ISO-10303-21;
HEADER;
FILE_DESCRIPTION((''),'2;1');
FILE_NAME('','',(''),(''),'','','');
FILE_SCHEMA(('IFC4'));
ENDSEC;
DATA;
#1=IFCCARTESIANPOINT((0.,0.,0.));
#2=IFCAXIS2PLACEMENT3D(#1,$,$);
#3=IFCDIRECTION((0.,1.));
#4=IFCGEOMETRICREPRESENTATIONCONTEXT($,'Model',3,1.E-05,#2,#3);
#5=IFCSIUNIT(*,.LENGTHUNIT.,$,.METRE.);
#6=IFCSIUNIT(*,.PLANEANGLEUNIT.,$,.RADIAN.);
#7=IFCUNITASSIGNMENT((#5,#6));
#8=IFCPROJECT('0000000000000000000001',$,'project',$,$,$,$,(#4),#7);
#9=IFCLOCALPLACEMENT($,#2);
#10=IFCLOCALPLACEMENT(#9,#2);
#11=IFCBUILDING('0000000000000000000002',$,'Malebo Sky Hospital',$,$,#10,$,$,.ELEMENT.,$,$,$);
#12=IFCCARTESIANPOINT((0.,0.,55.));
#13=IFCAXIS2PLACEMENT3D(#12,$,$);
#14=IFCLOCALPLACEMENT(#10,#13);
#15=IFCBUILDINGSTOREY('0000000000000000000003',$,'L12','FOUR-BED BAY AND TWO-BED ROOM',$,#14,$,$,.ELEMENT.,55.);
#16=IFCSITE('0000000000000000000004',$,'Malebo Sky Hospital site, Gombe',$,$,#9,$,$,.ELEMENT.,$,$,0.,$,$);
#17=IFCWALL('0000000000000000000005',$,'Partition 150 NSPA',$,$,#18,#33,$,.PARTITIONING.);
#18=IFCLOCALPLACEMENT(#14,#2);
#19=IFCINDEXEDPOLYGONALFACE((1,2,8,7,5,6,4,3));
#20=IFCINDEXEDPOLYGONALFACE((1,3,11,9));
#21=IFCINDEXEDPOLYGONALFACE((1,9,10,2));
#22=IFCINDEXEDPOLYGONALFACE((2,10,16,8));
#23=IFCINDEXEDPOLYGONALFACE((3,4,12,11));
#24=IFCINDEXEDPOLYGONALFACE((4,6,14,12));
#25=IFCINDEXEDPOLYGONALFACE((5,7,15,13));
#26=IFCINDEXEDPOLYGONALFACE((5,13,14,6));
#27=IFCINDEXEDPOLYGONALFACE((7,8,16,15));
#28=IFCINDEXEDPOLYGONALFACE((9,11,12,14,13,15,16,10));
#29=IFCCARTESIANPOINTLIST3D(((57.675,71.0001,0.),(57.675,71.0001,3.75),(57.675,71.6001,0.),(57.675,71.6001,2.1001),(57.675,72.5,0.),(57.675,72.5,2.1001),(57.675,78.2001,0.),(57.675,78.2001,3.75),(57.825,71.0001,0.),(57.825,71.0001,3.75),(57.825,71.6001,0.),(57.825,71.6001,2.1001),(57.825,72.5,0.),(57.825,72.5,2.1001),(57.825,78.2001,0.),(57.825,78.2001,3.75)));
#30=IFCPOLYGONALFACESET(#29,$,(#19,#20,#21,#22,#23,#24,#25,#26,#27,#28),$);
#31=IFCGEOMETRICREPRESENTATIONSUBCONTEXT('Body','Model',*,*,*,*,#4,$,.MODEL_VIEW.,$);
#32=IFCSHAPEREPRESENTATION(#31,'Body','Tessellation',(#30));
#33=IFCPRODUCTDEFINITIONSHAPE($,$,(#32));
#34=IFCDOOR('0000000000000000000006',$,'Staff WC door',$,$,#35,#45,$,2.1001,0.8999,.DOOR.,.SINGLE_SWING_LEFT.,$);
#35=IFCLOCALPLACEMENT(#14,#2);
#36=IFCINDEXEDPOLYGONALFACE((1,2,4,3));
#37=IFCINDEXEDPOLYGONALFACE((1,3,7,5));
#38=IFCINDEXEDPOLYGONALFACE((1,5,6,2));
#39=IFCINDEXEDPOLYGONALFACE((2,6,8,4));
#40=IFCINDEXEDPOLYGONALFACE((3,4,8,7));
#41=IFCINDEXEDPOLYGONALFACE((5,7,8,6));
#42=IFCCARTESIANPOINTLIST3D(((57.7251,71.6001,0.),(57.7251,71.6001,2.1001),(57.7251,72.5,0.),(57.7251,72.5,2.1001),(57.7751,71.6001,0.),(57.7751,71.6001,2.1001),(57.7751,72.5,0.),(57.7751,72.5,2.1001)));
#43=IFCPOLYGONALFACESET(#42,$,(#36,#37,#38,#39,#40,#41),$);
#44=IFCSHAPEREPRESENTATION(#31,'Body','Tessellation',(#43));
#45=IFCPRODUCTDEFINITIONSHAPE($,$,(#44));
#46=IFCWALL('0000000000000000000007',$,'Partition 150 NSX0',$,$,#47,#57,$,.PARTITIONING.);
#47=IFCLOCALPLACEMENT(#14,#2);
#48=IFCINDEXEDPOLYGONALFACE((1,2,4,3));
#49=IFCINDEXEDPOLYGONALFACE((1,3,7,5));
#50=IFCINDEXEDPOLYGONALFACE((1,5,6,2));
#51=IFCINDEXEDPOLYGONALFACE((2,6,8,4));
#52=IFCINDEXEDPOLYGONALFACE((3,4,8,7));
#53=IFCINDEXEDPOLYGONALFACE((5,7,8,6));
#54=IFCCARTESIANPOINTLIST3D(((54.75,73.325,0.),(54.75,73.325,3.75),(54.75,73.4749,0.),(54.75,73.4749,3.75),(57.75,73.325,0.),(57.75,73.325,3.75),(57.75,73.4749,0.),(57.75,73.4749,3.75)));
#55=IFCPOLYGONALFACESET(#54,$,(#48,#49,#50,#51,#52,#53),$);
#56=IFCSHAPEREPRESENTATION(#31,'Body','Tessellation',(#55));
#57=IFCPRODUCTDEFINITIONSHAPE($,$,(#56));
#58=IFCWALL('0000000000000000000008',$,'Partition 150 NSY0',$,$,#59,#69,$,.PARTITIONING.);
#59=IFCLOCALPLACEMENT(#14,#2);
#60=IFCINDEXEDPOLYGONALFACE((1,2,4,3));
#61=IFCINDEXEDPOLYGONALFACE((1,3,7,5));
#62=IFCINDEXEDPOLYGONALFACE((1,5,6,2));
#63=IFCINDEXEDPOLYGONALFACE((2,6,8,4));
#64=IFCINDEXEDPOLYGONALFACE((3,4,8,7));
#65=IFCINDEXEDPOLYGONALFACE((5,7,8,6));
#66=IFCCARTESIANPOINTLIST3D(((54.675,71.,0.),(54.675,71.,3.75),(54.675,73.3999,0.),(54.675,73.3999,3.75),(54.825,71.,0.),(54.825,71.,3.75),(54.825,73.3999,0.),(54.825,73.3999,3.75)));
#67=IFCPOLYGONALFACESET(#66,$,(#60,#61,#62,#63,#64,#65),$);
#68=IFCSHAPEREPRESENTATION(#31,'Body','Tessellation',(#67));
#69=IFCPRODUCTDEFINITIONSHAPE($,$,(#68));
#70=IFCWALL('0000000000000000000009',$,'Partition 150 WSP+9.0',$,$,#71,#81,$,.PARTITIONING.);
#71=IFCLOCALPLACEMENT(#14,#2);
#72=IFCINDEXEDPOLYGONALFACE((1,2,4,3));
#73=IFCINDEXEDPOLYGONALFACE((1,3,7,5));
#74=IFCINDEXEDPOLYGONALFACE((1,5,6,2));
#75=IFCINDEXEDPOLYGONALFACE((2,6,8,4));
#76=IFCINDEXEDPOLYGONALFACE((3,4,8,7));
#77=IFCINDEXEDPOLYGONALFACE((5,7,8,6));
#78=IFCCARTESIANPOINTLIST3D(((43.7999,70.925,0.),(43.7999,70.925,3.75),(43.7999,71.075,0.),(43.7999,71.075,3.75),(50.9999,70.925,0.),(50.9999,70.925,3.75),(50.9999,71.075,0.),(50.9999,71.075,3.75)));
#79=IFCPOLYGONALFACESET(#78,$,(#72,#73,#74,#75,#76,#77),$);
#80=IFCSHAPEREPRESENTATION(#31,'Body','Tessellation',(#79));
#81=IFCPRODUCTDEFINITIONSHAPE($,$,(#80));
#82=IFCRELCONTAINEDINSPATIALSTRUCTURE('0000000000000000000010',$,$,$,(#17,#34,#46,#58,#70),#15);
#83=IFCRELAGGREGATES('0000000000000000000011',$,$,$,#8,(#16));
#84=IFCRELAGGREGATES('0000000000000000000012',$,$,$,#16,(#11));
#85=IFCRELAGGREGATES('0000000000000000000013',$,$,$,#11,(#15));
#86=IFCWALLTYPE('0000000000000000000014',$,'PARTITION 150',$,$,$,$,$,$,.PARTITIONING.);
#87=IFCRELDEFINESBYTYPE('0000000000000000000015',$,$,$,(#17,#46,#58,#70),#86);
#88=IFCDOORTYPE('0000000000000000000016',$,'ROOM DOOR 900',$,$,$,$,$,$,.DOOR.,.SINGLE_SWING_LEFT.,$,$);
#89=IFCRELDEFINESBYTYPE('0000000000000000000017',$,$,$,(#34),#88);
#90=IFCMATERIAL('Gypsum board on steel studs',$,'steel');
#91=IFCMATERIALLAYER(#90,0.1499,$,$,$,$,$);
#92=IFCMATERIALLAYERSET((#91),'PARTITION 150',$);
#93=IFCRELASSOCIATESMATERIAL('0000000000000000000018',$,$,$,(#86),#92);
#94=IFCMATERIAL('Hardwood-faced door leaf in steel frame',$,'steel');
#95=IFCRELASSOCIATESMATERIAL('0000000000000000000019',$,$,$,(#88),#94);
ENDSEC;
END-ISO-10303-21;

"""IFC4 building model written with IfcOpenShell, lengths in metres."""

from ifc_helpers import new_model, si_unit, direction, frame, frame_2d, origin, place, context, subcontext, project, spatial, rectangle, extrude, material, layer, layer_set, type_object, element, fill, save


model = new_model("IFC4")

# Units and contexts
model_context = context("Model", 3, precision=1e-05, world=origin(), true_north=direction((0.0, 1.0)))
body_context = subcontext(model_context, "Body", "Model", "MODEL_VIEW")
ifc_project = project(units=[si_unit("LENGTHUNIT", "METRE"), si_unit("PLANEANGLEUNIT", "RADIAN")], contexts=[model_context])

# Site, building, storey
site_placement = place(None, origin())
site = spatial("IfcSite", under=ifc_project, at=site_placement, Name="Malebo Sky Hospital site, Gombe", CompositionType="ELEMENT", RefElevation=0.0)
building_placement = place(site_placement, origin())
building = spatial("IfcBuilding", under=site, at=building_placement, Name="Malebo Sky Hospital", CompositionType="ELEMENT")
storey_placement = place(building_placement, frame((0.0, 0.0, 55.0)))
storey = spatial("IfcBuildingStorey", under=building, at=storey_placement, Name="L12", Description="FOUR-BED BAY AND TWO-BED ROOM", CompositionType="ELEMENT", Elevation=55.0)

# Shared definitions
ifc_material_1 = material(Name="Gypsum board on steel studs", Category="steel")
ifc_material_2 = material(Name="Hardwood-faced door leaf in steel frame", Category="steel")

# Shared definitions
ifc_layer_1 = layer(ifc_material_1, 0.1499)
ifc_layer_set_1 = layer_set([ifc_layer_1], Name="PARTITION 150")
wall_type_1 = type_object("IfcWallType", Name="PARTITION 150", PredefinedType="PARTITIONING", material=ifc_layer_set_1)

# Wall, opening, door
wall_1_placement = place(storey_placement, frame((57.75, 71.0, 0.0), z_axis=(0.0, 0.0, 1.0), x_axis=(0.0, 1.0, 0.0)))
wall_1 = element("IfcWall", 1, at=wall_1_placement, inside=storey, type_object=wall_type_1, Name="Partition 150 NSPA", PredefinedType="PARTITIONING", context=body_context, shape_type="SweptSolid", body=[
    extrude(rectangle(XDim=7.2, YDim=0.1499, at=frame_2d((3.6001, 0.0))), origin(), (0.0, 0.0, 1.0), 3.75),
])
opening_1_placement = place(wall_1_placement, frame((0.6001, 0.0, 0.0)))
opening_1 = element("IfcOpeningElement", 2, at=opening_1_placement, cuts=wall_1, PredefinedType="OPENING", context=body_context, shape_type="SweptSolid", body=[
    extrude(rectangle(XDim=0.8999, YDim=2.1001, at=frame_2d((0.45, 1.05))), frame((0.0, 0.085, 0.0), z_axis=(0.0, -1.0, 0.0), x_axis=(1.0, 0.0, 0.0)), (0.0, 0.0, 1.0), 0.1699),
])
door_type_1 = type_object("IfcDoorType", Name="ROOM DOOR 900", OperationType="SINGLE_SWING_LEFT", PredefinedType="DOOR", material=ifc_material_2)
door_1_placement = place(opening_1_placement, origin())
door_1 = element("IfcDoor", 3, at=door_1_placement, inside=storey, type_object=door_type_1, Name="Staff WC door", OperationType="SINGLE_SWING_LEFT", OverallHeight=2.1001, OverallWidth=0.8999, PredefinedType="DOOR", context=body_context, shape_type="SweptSolid", body=[
    extrude(rectangle(XDim=0.8999, YDim=2.1001, at=frame_2d((0.45, 1.05))), frame((0.0, 0.0249, 0.0), z_axis=(0.0, -1.0, 0.0), x_axis=(1.0, 0.0, 0.0)), (0.0, 0.0, 1.0), 0.05),
])
fill(opening_1, door_1)

# Walls
wall_2_placement = place(storey_placement, frame((54.75, 73.3999, 0.0), z_axis=(0.0, 0.0, 1.0), x_axis=(1.0, 0.0, 0.0)))
element("IfcWall", 4, at=wall_2_placement, inside=storey, type_object=wall_type_1, Name="Partition 150 NSX0", PredefinedType="PARTITIONING", context=body_context, shape_type="SweptSolid", body=[
    extrude(rectangle(XDim=3.0, YDim=0.1499, at=frame_2d((1.5, 0.0))), origin(), (0.0, 0.0, 1.0), 3.75),
])
wall_3_placement = place(storey_placement, frame((54.75, 71.0, 0.0), z_axis=(0.0, 0.0, 1.0), x_axis=(0.0, 1.0, 0.0)))
element("IfcWall", 5, at=wall_3_placement, inside=storey, type_object=wall_type_1, Name="Partition 150 NSY0", PredefinedType="PARTITIONING", context=body_context, shape_type="SweptSolid", body=[
    extrude(rectangle(XDim=2.3999, YDim=0.1499, at=frame_2d((1.2, 0.0))), origin(), (0.0, 0.0, 1.0), 3.75),
])
wall_4_placement = place(storey_placement, frame((51.0, 71.0, 0.0), z_axis=(0.0, 0.0, 1.0), x_axis=(-1.0, 0.0, 0.0)))
element("IfcWall", 6, at=wall_4_placement, inside=storey, type_object=wall_type_1, Name="Partition 150 WSP+9.0", PredefinedType="PARTITIONING", context=body_context, shape_type="SweptSolid", body=[
    extrude(rectangle(XDim=7.2, YDim=0.1499, at=frame_2d((3.6001, 0.0))), origin(), (0.0, 0.0, 1.0), 3.75),
])

save(model, "model.ifc")
